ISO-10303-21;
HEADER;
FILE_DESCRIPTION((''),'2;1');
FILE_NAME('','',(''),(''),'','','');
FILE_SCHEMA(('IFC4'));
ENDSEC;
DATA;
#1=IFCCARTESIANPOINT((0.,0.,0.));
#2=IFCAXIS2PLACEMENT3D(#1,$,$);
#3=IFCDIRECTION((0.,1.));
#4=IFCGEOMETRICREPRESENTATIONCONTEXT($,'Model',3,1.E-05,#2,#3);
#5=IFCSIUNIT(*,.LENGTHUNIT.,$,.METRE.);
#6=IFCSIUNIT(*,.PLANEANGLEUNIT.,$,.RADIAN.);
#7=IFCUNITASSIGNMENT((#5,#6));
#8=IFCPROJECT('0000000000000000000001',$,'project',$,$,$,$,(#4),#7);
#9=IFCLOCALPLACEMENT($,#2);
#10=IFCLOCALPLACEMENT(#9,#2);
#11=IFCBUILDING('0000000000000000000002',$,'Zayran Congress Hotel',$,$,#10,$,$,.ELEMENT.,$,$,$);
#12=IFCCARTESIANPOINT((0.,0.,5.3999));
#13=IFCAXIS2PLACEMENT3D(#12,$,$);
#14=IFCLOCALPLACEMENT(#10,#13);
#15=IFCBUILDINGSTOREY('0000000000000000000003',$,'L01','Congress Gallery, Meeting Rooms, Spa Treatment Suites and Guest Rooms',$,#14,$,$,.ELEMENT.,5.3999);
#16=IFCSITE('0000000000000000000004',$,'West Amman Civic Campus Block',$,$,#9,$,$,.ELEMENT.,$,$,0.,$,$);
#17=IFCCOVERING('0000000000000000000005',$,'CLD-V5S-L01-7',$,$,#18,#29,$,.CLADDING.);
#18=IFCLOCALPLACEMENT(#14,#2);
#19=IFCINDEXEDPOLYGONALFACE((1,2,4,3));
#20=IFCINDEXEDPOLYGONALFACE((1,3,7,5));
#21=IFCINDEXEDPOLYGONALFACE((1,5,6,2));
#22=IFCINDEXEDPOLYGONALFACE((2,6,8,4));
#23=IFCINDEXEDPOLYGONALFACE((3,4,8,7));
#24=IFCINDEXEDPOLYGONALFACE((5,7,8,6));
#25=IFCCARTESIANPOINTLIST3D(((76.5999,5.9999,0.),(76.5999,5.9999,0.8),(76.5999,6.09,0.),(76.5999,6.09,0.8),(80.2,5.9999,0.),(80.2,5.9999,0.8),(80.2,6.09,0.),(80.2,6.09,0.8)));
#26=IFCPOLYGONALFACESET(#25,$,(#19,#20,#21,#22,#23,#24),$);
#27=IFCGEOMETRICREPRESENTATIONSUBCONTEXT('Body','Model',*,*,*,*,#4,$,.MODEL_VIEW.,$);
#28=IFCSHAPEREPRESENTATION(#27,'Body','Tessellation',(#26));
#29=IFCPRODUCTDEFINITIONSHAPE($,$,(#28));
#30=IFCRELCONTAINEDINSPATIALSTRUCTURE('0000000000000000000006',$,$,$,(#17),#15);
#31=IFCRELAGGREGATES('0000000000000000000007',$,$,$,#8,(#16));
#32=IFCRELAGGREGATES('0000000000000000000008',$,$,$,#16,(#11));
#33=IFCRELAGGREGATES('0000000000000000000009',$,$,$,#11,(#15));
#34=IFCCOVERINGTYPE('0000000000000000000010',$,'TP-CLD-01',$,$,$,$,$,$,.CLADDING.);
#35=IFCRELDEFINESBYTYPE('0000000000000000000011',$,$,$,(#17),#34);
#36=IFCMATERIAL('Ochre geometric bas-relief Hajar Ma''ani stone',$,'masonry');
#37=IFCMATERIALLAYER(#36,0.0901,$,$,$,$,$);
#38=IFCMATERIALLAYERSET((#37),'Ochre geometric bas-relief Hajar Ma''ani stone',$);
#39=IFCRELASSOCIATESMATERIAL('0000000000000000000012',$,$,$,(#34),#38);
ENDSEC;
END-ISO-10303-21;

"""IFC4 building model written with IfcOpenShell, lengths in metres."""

from ifc_helpers import new_model, si_unit, direction, frame, origin, origin_2d, place, context, subcontext, project, spatial, rectangle, extrude, material, layer, layer_set, type_object, element, save


model = new_model("IFC4")

# Units and contexts
model_context = context("Model", 3, precision=1e-05, world=origin(), true_north=direction((0.0, 1.0)))
body_context = subcontext(model_context, "Body", "Model", "MODEL_VIEW")
ifc_project = project(units=[si_unit("LENGTHUNIT", "METRE"), si_unit("PLANEANGLEUNIT", "RADIAN")], contexts=[model_context])

# Site, building, storey
site_placement = place(None, origin())
site = spatial("IfcSite", under=ifc_project, at=site_placement, Name="West Amman Civic Campus Block", CompositionType="ELEMENT", RefElevation=0.0)
building_placement = place(site_placement, origin())
building = spatial("IfcBuilding", under=site, at=building_placement, Name="Zayran Congress Hotel", CompositionType="ELEMENT")
storey_placement = place(building_placement, frame((0.0, 0.0, 5.3999)))
storey = spatial("IfcBuildingStorey", under=building, at=storey_placement, Name="L01", Description="Congress Gallery, Meeting Rooms, Spa Treatment Suites and Guest Rooms", CompositionType="ELEMENT", Elevation=5.3999)

# Covering
ifc_material_1 = material(Name="Ochre geometric bas-relief Hajar Ma'ani stone", Category="masonry")
ifc_layer_1 = layer(ifc_material_1, 0.0901)
ifc_layer_set_1 = layer_set([ifc_layer_1], Name="Ochre geometric bas-relief Hajar Ma'ani stone")
covering_type = type_object("IfcCoveringType", Name="TP-CLD-01", PredefinedType="CLADDING", material=ifc_layer_set_1)
covering_placement = place(storey_placement, frame((78.3999, 6.0449, 0.0), z_axis=(0.0, 0.0, 1.0), x_axis=(1.0, 0.0, 0.0)))
element("IfcCovering", 1, at=covering_placement, inside=storey, type_object=covering_type, Name="CLD-V5S-L01-7", PredefinedType="CLADDING", context=body_context, shape_type="SweptSolid", body=[
    extrude(rectangle(XDim=3.6001, YDim=0.0901, at=origin_2d()), origin(), (0.0, 0.0, 1.0), 0.8),
])

save(model, "model.ifc")
